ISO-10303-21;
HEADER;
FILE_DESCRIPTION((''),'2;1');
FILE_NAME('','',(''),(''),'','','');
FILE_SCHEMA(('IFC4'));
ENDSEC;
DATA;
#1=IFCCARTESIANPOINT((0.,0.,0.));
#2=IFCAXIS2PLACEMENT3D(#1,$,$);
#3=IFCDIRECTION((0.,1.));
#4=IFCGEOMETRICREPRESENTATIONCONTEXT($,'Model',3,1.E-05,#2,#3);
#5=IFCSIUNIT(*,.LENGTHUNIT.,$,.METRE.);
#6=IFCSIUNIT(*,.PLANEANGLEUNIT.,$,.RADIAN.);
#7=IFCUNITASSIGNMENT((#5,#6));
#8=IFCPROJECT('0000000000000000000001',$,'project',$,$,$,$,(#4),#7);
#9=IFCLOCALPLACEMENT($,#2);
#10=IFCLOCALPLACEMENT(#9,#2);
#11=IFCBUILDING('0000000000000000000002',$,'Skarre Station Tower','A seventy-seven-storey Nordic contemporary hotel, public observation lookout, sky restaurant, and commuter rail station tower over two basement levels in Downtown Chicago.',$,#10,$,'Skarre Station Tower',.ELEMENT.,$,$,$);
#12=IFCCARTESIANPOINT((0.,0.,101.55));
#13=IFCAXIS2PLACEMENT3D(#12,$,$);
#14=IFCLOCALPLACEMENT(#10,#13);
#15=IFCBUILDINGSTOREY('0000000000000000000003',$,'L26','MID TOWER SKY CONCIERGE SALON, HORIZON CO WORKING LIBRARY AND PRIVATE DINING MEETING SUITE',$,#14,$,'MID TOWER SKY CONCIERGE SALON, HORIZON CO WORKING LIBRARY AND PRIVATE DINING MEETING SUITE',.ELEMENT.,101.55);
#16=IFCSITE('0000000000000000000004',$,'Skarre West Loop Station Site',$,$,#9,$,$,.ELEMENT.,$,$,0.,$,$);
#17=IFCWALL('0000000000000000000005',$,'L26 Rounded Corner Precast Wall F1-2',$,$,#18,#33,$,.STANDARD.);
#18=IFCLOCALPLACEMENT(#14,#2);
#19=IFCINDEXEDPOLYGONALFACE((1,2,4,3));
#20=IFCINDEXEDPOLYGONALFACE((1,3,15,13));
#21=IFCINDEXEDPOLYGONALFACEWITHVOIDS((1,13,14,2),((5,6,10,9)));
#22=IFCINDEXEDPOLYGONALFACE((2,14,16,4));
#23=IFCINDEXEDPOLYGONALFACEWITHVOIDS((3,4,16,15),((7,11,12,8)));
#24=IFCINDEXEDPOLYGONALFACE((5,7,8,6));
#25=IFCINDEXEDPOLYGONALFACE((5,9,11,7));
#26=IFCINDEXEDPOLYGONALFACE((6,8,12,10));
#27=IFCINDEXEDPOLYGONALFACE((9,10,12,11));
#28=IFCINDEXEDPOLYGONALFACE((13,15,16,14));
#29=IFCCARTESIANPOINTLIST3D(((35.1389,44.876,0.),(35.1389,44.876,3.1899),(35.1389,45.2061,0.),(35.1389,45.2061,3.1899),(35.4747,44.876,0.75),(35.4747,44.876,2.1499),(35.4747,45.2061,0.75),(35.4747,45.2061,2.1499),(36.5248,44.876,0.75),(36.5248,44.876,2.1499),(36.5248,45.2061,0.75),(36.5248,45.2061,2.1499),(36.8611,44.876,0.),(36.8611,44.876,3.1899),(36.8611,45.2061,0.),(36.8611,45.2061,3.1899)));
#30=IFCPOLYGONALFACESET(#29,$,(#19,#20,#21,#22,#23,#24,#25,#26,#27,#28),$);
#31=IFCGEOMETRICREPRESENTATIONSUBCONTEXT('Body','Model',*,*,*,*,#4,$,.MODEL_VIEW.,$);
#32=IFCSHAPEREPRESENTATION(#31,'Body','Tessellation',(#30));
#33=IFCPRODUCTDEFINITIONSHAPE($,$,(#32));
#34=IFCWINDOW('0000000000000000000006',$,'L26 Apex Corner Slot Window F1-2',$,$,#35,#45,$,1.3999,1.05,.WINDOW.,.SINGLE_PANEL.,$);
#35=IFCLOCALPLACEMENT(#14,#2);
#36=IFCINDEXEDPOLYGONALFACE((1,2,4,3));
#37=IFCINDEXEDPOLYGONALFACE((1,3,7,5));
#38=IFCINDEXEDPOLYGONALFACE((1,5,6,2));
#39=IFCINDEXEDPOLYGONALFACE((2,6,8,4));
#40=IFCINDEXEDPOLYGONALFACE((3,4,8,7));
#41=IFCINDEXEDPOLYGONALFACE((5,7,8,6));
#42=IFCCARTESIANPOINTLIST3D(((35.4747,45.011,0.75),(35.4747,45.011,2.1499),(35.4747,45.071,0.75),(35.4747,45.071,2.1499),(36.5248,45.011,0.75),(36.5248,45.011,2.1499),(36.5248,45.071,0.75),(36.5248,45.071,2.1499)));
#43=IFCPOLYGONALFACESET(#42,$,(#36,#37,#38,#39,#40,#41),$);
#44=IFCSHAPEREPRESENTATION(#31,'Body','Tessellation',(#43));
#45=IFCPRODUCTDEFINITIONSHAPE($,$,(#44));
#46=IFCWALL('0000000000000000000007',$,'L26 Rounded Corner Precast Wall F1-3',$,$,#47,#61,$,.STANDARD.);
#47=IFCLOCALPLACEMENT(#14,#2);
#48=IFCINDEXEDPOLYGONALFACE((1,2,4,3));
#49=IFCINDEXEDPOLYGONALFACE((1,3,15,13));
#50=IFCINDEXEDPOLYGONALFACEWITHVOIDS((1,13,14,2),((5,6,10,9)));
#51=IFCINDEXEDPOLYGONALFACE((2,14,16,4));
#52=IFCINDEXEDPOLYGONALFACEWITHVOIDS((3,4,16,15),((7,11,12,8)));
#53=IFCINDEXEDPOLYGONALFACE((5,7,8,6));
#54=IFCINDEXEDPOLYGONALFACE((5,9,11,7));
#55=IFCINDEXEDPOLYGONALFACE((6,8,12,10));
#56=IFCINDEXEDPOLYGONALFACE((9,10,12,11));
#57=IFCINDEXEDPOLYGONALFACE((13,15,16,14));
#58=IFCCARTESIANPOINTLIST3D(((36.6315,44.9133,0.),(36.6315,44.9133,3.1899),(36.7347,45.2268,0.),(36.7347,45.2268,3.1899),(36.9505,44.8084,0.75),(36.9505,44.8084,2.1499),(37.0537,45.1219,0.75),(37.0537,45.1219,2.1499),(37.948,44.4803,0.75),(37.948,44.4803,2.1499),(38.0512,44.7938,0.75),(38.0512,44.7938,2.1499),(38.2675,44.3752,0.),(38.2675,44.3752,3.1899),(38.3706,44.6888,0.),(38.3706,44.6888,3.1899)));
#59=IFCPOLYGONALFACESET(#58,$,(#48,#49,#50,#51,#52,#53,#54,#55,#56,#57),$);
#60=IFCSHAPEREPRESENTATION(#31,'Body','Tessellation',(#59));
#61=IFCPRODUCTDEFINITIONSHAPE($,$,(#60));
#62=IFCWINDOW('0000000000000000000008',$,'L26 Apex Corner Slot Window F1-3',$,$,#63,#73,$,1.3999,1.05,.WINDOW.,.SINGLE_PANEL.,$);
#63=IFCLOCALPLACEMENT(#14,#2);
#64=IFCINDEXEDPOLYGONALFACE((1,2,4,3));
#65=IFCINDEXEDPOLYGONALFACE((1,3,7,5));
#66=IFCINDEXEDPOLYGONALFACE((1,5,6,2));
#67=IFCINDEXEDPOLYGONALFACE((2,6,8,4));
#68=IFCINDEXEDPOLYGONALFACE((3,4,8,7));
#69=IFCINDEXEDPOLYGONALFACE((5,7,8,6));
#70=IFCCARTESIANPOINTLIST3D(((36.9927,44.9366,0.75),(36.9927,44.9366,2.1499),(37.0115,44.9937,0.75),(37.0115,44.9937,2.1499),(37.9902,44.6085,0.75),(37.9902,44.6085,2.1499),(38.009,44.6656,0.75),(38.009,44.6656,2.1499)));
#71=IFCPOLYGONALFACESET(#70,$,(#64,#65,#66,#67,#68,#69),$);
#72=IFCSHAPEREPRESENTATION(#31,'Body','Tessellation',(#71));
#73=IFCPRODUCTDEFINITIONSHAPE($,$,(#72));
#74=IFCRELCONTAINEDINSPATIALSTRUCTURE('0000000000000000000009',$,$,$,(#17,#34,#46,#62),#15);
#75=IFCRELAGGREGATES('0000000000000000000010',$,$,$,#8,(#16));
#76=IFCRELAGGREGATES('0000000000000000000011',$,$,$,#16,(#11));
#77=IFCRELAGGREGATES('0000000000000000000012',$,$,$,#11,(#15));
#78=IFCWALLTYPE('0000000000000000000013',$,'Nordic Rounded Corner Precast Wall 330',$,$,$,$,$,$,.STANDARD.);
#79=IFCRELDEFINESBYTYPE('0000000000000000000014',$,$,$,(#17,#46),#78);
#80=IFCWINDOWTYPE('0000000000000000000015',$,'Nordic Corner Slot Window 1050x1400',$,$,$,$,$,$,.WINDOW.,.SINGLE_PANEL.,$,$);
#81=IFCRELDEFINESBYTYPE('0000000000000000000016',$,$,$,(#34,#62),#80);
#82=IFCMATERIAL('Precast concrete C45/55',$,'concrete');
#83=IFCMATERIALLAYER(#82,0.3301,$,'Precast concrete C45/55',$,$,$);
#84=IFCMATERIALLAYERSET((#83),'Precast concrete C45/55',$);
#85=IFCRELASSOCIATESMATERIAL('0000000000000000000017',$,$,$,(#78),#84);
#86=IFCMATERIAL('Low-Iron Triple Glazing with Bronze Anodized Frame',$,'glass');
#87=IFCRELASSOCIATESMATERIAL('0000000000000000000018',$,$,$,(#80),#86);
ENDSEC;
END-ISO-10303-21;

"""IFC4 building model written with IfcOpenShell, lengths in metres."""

from ifc_helpers import new_model, si_unit, direction, frame, frame_2d, origin, place, context, subcontext, project, spatial, rectangle, extrude, material, layer, layer_set, type_object, element, fill, save


model = new_model("IFC4")

# Units and contexts
model_context = context("Model", 3, precision=1e-05, world=origin(), true_north=direction((0.0, 1.0)))
body_context = subcontext(model_context, "Body", "Model", "MODEL_VIEW")
ifc_project = project(units=[si_unit("LENGTHUNIT", "METRE"), si_unit("PLANEANGLEUNIT", "RADIAN")], contexts=[model_context])

# Site, building, storey
site_placement = place(None, origin())
site = spatial("IfcSite", under=ifc_project, at=site_placement, Name="Skarre West Loop Station Site", CompositionType="ELEMENT", RefElevation=0.0)
building_placement = place(site_placement, origin())
building = spatial("IfcBuilding", under=site, at=building_placement, Name="Skarre Station Tower", Description="A seventy-seven-storey Nordic contemporary hotel, public observation lookout, sky restaurant, and commuter rail station tower over two basement levels in Downtown Chicago.", LongName="Skarre Station Tower", CompositionType="ELEMENT")
storey_placement = place(building_placement, frame((0.0, 0.0, 101.55)))
storey = spatial("IfcBuildingStorey", under=building, at=storey_placement, Name="L26", Description="MID TOWER SKY CONCIERGE SALON, HORIZON CO WORKING LIBRARY AND PRIVATE DINING MEETING SUITE", LongName="MID TOWER SKY CONCIERGE SALON, HORIZON CO WORKING LIBRARY AND PRIVATE DINING MEETING SUITE", CompositionType="ELEMENT", Elevation=101.55)

# Shared definitions
ifc_material_1 = material(Name="Precast concrete C45/55", Category="concrete")
ifc_material_2 = material(Name="Low-Iron Triple Glazing with Bronze Anodized Frame", Category="glass")

# Shared definitions
ifc_layer_1 = layer(ifc_material_1, 0.3301, Name="Precast concrete C45/55")
ifc_layer_set_1 = layer_set([ifc_layer_1], Name="Precast concrete C45/55")
wall_type_1 = type_object("IfcWallType", Name="Nordic Rounded Corner Precast Wall 330", PredefinedType="STANDARD", material=ifc_layer_set_1)

# Walls, openings, windows
wall_1_placement = place(storey_placement, frame((35.1389, 45.041, 0.0), z_axis=(0.0, 0.0, 1.0), x_axis=(1.0, 0.0, 0.0)))
wall_1 = element("IfcWall", 1, at=wall_1_placement, inside=storey, type_object=wall_type_1, Name="L26 Rounded Corner Precast Wall F1-2", PredefinedType="STANDARD", context=body_context, shape_type="SweptSolid", body=[
    extrude(rectangle(XDim=1.7222, YDim=0.3301, at=frame_2d((0.8611, 0.0))), origin(), (0.0, 0.0, 1.0), 3.1899),
])
opening_1_placement = place(wall_1_placement, frame((0.3359, 0.0, 0.75)))
opening_1 = element("IfcOpeningElement", 2, at=opening_1_placement, cuts=wall_1, PredefinedType="OPENING", context=body_context, shape_type="SweptSolid", body=[
    extrude(rectangle(XDim=1.05, YDim=1.3999, at=frame_2d((0.5249, 0.7))), frame((0.0, 0.175, 0.0), z_axis=(0.0, -1.0, 0.0), x_axis=(1.0, 0.0, 0.0)), (0.0, 0.0, 1.0), 0.3501),
])
window_type_1 = type_object("IfcWindowType", Name="Nordic Corner Slot Window 1050x1400", PartitioningType="SINGLE_PANEL", PredefinedType="WINDOW", material=ifc_material_2)
window_1_placement = place(opening_1_placement, origin())
window_1 = element("IfcWindow", 3, at=window_1_placement, inside=storey, type_object=window_type_1, Name="L26 Apex Corner Slot Window F1-2", OverallHeight=1.3999, OverallWidth=1.05, PartitioningType="SINGLE_PANEL", PredefinedType="WINDOW", context=body_context, shape_type="SweptSolid", body=[
    extrude(rectangle(XDim=1.05, YDim=1.3999, at=frame_2d((0.5249, 0.7))), frame((0.0, 0.03, 0.0), z_axis=(0.0, -1.0, 0.0), x_axis=(1.0, 0.0, 0.0)), (0.0, 0.0, 1.0), 0.0601),
])
fill(opening_1, window_1)
wall_2_placement = place(storey_placement, frame((36.6831, 45.0701, 0.0), z_axis=(0.0, 0.0, 1.0), x_axis=(0.949937, -0.31244, 0.0)))
wall_2 = element("IfcWall", 4, at=wall_2_placement, inside=storey, type_object=wall_type_1, Name="L26 Rounded Corner Precast Wall F1-3", PredefinedType="STANDARD", context=body_context, shape_type="SweptSolid", body=[
    extrude(rectangle(XDim=1.7222, YDim=0.3301, at=frame_2d((0.8611, 0.0))), origin(), (0.0, 0.0, 1.0), 3.1899),
])
opening_2_placement = place(wall_2_placement, frame((0.3359, 0.0, 0.75)))
opening_2 = element("IfcOpeningElement", 5, at=opening_2_placement, cuts=wall_2, PredefinedType="OPENING", context=body_context, shape_type="SweptSolid", body=[
    extrude(rectangle(XDim=1.05, YDim=1.3999, at=frame_2d((0.5249, 0.7))), frame((0.0, 0.175, 0.0), z_axis=(0.0, -1.0, 0.0), x_axis=(1.0, 0.0, 0.0)), (0.0, 0.0, 1.0), 0.3501),
])
window_2_placement = place(opening_2_placement, origin())
window_2 = element("IfcWindow", 6, at=window_2_placement, inside=storey, type_object=window_type_1, Name="L26 Apex Corner Slot Window F1-3", OverallHeight=1.3999, OverallWidth=1.05, PartitioningType="SINGLE_PANEL", PredefinedType="WINDOW", context=body_context, shape_type="SweptSolid", body=[
    extrude(rectangle(XDim=1.05, YDim=1.3999, at=frame_2d((0.5249, 0.7))), frame((0.0, 0.03, 0.0), z_axis=(0.0, -1.0, 0.0), x_axis=(1.0, 0.0, 0.0)), (0.0, 0.0, 1.0), 0.0601),
])
fill(opening_2, window_2)

save(model, "model.ifc")
